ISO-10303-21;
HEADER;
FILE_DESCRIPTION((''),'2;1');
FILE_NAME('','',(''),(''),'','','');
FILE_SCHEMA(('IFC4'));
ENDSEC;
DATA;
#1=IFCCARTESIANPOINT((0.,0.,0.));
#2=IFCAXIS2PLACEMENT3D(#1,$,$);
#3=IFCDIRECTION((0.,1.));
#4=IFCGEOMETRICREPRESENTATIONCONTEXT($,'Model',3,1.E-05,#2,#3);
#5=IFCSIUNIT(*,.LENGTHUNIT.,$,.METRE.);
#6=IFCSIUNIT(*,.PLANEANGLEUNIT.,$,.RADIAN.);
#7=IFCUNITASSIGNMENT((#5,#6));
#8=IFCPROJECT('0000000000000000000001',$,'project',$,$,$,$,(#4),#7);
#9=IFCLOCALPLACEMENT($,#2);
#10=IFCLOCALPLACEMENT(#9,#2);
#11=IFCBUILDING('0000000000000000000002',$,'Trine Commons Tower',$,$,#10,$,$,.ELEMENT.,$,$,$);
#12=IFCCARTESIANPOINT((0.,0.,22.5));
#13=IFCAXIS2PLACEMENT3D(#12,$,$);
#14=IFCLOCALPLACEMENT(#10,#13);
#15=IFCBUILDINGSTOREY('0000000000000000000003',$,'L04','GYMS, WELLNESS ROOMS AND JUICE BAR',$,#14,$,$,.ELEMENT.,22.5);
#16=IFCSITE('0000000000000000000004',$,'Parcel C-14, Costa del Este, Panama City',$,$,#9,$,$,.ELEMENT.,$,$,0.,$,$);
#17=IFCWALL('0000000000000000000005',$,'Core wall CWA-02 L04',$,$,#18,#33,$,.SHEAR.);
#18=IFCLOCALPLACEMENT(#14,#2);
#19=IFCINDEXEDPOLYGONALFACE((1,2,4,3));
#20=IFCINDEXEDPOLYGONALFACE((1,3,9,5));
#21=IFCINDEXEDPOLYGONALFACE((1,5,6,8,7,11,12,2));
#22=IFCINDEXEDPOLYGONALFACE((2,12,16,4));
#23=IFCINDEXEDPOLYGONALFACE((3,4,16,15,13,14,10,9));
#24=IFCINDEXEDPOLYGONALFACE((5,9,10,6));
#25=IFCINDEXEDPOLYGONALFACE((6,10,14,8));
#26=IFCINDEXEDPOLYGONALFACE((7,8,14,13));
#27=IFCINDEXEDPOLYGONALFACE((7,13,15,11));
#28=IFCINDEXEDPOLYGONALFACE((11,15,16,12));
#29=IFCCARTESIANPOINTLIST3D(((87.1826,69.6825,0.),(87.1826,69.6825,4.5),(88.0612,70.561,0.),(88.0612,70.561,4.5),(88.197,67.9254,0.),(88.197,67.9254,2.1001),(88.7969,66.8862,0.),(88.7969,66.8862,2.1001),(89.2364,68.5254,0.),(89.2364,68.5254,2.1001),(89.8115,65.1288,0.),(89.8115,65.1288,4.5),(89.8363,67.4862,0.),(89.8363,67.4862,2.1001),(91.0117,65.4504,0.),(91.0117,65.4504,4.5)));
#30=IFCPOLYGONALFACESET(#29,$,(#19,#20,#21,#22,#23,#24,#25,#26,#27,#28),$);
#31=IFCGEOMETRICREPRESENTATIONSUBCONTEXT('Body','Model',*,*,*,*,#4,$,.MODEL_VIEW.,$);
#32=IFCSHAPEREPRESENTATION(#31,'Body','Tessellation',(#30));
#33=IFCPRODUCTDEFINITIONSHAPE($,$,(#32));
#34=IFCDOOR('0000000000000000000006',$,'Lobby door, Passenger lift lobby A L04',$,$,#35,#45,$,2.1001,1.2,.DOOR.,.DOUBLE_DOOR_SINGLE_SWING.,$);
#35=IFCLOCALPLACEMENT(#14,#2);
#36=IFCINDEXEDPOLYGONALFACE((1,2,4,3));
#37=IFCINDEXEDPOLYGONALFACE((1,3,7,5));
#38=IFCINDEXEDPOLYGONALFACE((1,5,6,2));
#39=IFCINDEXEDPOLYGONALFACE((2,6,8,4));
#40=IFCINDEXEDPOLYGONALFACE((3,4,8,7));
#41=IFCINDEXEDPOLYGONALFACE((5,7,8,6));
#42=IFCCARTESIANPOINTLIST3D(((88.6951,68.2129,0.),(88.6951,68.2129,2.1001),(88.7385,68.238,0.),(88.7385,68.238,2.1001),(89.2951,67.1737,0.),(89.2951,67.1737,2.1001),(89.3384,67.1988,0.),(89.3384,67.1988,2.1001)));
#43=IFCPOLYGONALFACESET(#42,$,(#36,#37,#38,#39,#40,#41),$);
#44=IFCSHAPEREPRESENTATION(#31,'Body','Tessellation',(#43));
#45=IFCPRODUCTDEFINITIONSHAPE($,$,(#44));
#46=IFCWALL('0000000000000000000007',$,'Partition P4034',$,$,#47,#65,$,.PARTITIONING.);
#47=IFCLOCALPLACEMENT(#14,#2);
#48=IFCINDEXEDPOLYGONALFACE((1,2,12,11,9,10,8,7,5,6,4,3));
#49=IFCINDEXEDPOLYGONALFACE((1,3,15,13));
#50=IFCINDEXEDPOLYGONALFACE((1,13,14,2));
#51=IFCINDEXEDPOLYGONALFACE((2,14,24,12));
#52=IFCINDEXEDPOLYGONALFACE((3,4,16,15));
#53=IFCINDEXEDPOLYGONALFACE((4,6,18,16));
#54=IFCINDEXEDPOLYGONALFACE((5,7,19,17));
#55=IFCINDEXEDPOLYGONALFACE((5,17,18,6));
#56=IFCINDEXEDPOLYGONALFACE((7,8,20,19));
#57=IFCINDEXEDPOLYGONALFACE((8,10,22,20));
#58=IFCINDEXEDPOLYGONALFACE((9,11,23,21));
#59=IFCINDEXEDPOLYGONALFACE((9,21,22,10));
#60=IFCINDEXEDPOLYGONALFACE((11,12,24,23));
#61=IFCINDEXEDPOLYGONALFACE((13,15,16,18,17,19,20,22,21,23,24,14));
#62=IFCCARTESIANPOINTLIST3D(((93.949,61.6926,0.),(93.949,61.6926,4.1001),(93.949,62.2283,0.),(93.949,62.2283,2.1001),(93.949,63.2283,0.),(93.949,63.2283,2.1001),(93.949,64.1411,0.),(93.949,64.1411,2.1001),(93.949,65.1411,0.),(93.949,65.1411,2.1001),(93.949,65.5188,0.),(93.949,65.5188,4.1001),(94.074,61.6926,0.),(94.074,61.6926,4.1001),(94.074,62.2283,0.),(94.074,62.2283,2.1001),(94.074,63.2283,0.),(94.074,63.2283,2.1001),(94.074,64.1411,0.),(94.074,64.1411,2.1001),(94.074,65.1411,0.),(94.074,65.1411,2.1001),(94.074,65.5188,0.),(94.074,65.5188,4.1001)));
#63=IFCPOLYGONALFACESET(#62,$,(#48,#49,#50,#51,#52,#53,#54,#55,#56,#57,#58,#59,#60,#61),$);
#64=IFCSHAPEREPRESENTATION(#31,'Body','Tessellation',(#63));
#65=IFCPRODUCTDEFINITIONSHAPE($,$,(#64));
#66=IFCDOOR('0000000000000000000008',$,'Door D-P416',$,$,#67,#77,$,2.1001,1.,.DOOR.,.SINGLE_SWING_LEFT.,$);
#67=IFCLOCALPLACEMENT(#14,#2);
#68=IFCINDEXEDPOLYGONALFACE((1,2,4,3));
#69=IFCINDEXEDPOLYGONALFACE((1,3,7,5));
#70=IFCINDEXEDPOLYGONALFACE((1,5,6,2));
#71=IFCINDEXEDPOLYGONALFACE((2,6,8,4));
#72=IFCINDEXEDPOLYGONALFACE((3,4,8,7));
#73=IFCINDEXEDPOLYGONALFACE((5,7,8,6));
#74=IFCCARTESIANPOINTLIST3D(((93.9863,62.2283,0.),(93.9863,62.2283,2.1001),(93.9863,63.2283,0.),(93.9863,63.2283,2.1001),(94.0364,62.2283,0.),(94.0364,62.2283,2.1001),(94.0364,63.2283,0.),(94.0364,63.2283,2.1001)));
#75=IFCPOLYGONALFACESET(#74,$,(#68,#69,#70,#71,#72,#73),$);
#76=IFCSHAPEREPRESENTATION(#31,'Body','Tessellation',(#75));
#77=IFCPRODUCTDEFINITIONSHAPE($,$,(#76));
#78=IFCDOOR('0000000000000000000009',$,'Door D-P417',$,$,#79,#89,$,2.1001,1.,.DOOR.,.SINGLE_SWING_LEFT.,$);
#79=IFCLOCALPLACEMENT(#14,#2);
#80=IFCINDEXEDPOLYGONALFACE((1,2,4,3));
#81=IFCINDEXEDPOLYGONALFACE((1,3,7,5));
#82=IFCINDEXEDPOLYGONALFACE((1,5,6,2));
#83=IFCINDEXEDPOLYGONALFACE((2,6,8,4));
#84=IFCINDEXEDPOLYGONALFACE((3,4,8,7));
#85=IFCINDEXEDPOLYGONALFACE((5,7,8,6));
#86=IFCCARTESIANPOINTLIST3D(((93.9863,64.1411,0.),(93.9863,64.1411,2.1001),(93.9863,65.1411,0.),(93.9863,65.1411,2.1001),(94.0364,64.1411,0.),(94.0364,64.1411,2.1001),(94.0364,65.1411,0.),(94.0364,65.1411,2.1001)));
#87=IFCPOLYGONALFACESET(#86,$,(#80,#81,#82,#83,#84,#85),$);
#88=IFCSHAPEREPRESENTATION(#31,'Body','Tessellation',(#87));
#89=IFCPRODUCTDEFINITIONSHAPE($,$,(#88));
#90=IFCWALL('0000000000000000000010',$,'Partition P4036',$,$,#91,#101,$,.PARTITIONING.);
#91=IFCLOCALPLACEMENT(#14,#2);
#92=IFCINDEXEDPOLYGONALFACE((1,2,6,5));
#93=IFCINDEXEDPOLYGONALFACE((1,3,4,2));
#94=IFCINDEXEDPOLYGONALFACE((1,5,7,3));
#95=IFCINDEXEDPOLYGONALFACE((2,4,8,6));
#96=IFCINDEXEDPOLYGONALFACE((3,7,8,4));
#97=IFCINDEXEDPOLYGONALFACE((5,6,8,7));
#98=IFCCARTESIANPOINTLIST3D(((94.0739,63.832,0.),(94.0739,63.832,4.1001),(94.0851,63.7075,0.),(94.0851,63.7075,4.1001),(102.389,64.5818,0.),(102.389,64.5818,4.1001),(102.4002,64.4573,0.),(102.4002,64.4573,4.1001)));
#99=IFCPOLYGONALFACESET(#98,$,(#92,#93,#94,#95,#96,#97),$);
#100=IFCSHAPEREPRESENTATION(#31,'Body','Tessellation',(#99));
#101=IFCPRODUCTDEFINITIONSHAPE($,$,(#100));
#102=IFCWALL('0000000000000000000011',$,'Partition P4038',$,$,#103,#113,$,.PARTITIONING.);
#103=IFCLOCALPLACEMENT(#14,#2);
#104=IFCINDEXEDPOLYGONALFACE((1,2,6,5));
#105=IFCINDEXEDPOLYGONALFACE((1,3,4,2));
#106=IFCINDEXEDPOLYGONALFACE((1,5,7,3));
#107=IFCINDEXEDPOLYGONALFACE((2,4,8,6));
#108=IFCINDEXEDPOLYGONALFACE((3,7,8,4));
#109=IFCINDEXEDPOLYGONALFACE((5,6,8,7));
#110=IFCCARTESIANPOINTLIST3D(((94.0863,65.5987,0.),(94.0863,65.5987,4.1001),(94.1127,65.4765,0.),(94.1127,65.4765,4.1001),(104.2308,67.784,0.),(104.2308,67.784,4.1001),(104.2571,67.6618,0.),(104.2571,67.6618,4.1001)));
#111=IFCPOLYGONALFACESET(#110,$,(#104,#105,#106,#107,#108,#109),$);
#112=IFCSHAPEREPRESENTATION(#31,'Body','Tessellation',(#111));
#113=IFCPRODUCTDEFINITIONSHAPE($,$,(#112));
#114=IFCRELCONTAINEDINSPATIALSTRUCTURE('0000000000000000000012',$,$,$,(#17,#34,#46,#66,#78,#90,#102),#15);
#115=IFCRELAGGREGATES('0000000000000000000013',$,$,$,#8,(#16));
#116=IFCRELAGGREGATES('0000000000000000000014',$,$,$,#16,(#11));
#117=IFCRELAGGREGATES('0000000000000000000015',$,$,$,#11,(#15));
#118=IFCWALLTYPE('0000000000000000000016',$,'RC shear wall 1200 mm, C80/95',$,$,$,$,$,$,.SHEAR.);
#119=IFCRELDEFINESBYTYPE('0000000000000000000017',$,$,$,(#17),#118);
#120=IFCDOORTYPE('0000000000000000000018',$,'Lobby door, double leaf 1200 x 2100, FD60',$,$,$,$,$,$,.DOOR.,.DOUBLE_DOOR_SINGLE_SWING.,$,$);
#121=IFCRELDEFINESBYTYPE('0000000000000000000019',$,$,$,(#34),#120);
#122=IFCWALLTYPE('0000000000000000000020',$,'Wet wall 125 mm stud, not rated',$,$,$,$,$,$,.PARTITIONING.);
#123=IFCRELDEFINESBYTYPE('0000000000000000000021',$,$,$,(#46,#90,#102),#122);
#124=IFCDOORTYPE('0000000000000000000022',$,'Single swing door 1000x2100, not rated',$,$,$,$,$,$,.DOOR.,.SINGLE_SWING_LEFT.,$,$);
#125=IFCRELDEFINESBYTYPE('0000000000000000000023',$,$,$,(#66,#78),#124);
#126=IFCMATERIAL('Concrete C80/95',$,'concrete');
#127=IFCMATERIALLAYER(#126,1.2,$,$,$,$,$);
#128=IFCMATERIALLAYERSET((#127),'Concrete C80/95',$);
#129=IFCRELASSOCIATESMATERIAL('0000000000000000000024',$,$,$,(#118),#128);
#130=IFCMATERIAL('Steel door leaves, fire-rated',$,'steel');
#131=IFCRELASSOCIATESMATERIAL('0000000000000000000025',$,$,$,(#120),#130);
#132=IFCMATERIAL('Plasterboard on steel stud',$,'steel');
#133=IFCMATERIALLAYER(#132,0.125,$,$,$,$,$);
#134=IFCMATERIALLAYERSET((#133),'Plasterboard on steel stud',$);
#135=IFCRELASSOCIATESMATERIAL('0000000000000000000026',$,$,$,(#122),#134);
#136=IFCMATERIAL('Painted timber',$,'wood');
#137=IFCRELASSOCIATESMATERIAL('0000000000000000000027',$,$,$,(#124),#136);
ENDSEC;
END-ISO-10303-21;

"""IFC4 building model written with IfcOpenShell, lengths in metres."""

from ifc_helpers import new_model, si_unit, direction, frame, frame_2d, origin, place, context, subcontext, project, spatial, polyline, rectangle, outline, extrude, material, layer, layer_set, type_object, element, fill, save


model = new_model("IFC4")

# Units and contexts
model_context = context("Model", 3, precision=1e-05, world=origin(), true_north=direction((0.0, 1.0)))
body_context = subcontext(model_context, "Body", "Model", "MODEL_VIEW")
ifc_project = project(units=[si_unit("LENGTHUNIT", "METRE"), si_unit("PLANEANGLEUNIT", "RADIAN")], contexts=[model_context])

# Site, building, storey
site_placement = place(None, origin())
site = spatial("IfcSite", under=ifc_project, at=site_placement, Name="Parcel C-14, Costa del Este, Panama City", CompositionType="ELEMENT", RefElevation=0.0)
building_placement = place(site_placement, origin())
building = spatial("IfcBuilding", under=site, at=building_placement, Name="Trine Commons Tower", CompositionType="ELEMENT")
storey_placement = place(building_placement, frame((0.0, 0.0, 22.5)))
storey = spatial("IfcBuildingStorey", under=building, at=storey_placement, Name="L04", Description="GYMS, WELLNESS ROOMS AND JUICE BAR", CompositionType="ELEMENT", Elevation=22.5)

# Shared definitions
ifc_material_1 = material(Name="Concrete C80/95", Category="concrete")

# Shared definitions
ifc_material_2 = material(Name="Plasterboard on steel stud", Category="steel")

# Wall, opening, door
ifc_layer_1 = layer(ifc_material_1, 1.2)
ifc_layer_set_1 = layer_set([ifc_layer_1], Name="Concrete C80/95")
wall_type_1 = type_object("IfcWallType", Name="RC shear wall 1200 mm, C80/95", PredefinedType="SHEAR", material=ifc_layer_set_1)
wall_1_placement = place(storey_placement, frame((90.4919, 65.1504, 0.0), z_axis=(0.0, 0.0, 1.0), x_axis=(-0.499979, 0.866037, 0.0)))
wall_1 = element("IfcWall", 1, at=wall_1_placement, inside=storey, type_object=wall_type_1, Name="Core wall CWA-02 L04", PredefinedType="SHEAR", context=body_context, shape_type="SweptSolid", body=[
    extrude(outline(polyline([(0.0, -0.6001), (5.9011, -0.6001), (5.5796, 0.6001), (0.3215, 0.6001), (0.0, -0.6001)])), origin(), (0.0, 0.0, 1.0), 4.5),
])
opening_1_placement = place(wall_1_placement, frame((2.3506, 0.0, 0.0)))
opening_1 = element("IfcOpeningElement", 2, at=opening_1_placement, cuts=wall_1, PredefinedType="OPENING", context=body_context, shape_type="SweptSolid", body=[
    extrude(rectangle(XDim=1.2, YDim=2.1001, at=frame_2d((0.6001, 1.05))), frame((0.0, 0.6099, 0.0), z_axis=(0.0, -1.0, 0.0), x_axis=(1.0, 0.0, 0.0)), (0.0, 0.0, 1.0), 1.22),
])
ifc_material_3 = material(Name="Steel door leaves, fire-rated", Category="steel")
door_type_1 = type_object("IfcDoorType", Name="Lobby door, double leaf 1200 x 2100, FD60", OperationType="DOUBLE_DOOR_SINGLE_SWING", PredefinedType="DOOR", material=ifc_material_3)
door_1_placement = place(opening_1_placement, origin())
door_1 = element("IfcDoor", 3, at=door_1_placement, inside=storey, type_object=door_type_1, Name="Lobby door, Passenger lift lobby A L04", OperationType="DOUBLE_DOOR_SINGLE_SWING", OverallHeight=2.1001, OverallWidth=1.2, PredefinedType="DOOR", context=body_context, shape_type="SweptSolid", body=[
    extrude(rectangle(XDim=1.2, YDim=2.1001, at=frame_2d((0.6001, 1.05))), frame((0.0, 0.0249, 0.0), z_axis=(0.0, -1.0, 0.0), x_axis=(1.0, 0.0, 0.0)), (0.0, 0.0, 1.0), 0.05),
])
fill(opening_1, door_1)

# Wall, openings, doors
ifc_layer_2 = layer(ifc_material_2, 0.125)
ifc_layer_set_2 = layer_set([ifc_layer_2], Name="Plasterboard on steel stud")
wall_type_2 = type_object("IfcWallType", Name="Wet wall 125 mm stud, not rated", PredefinedType="PARTITIONING", material=ifc_layer_set_2)
wall_2_placement = place(storey_placement, frame((94.0115, 65.5188, 0.0), z_axis=(0.0, 0.0, 1.0), x_axis=(0.0, -1.0, 0.0)))
wall_2 = element("IfcWall", 4, at=wall_2_placement, inside=storey, type_object=wall_type_2, Name="Partition P4034", PredefinedType="PARTITIONING", context=body_context, shape_type="SweptSolid", body=[
    extrude(rectangle(XDim=3.8262, YDim=0.125, at=frame_2d((1.9131, 0.0))), origin(), (0.0, 0.0, 1.0), 4.1001),
])
opening_2_placement = place(wall_2_placement, frame((2.2905, 0.0, 0.0)))
opening_2 = element("IfcOpeningElement", 5, at=opening_2_placement, cuts=wall_2, PredefinedType="OPENING", context=body_context, shape_type="SweptSolid", body=[
    extrude(rectangle(XDim=1.0, YDim=2.1001, at=frame_2d((0.5, 1.05))), frame((0.0, 0.0725, 0.0), z_axis=(0.0, -1.0, 0.0), x_axis=(1.0, 0.0, 0.0)), (0.0, 0.0, 1.0), 0.145),
])
opening_3_placement = place(wall_2_placement, frame((0.3777, 0.0, 0.0)))
opening_3 = element("IfcOpeningElement", 6, at=opening_3_placement, cuts=wall_2, PredefinedType="OPENING", context=body_context, shape_type="SweptSolid", body=[
    extrude(rectangle(XDim=1.0, YDim=2.1001, at=frame_2d((0.5, 1.05))), frame((0.0, 0.0725, 0.0), z_axis=(0.0, -1.0, 0.0), x_axis=(1.0, 0.0, 0.0)), (0.0, 0.0, 1.0), 0.145),
])
ifc_material_4 = material(Name="Painted timber", Category="wood")
door_type_2 = type_object("IfcDoorType", Name="Single swing door 1000x2100, not rated", OperationType="SINGLE_SWING_LEFT", PredefinedType="DOOR", material=ifc_material_4)
door_2_placement = place(opening_2_placement, origin())
door_2 = element("IfcDoor", 7, at=door_2_placement, inside=storey, type_object=door_type_2, Name="Door D-P416", OperationType="SINGLE_SWING_LEFT", OverallHeight=2.1001, OverallWidth=1.0, PredefinedType="DOOR", context=body_context, shape_type="SweptSolid", body=[
    extrude(rectangle(XDim=1.0, YDim=2.1001, at=frame_2d((0.5, 1.05))), frame((0.0, 0.0249, 0.0), z_axis=(0.0, -1.0, 0.0), x_axis=(1.0, 0.0, 0.0)), (0.0, 0.0, 1.0), 0.05),
])
fill(opening_2, door_2)
door_3_placement = place(opening_3_placement, origin())
door_3 = element("IfcDoor", 8, at=door_3_placement, inside=storey, type_object=door_type_2, Name="Door D-P417", OperationType="SINGLE_SWING_LEFT", OverallHeight=2.1001, OverallWidth=1.0, PredefinedType="DOOR", context=body_context, shape_type="SweptSolid", body=[
    extrude(rectangle(XDim=1.0, YDim=2.1001, at=frame_2d((0.5, 1.05))), frame((0.0, 0.0249, 0.0), z_axis=(0.0, -1.0, 0.0), x_axis=(1.0, 0.0, 0.0)), (0.0, 0.0, 1.0), 0.05),
])
fill(opening_3, door_3)

# Walls
wall_3_placement = place(storey_placement, frame((94.0796, 63.7698, 0.0), z_axis=(0.0, 0.0, 1.0), x_axis=(0.99596, 0.089803, 0.0)))
element("IfcWall", 9, at=wall_3_placement, inside=storey, type_object=wall_type_2, Name="Partition P4036", PredefinedType="PARTITIONING", context=body_context, shape_type="SweptSolid", body=[
    extrude(rectangle(XDim=8.3489, YDim=0.125, at=frame_2d((4.1743, 0.0))), origin(), (0.0, 0.0, 1.0), 4.1001),
])
wall_4_placement = place(storey_placement, frame((94.0996, 65.5376, 0.0), z_axis=(0.0, 0.0, 1.0), x_axis=(0.977575, 0.210586, 0.0)))
element("IfcWall", 10, at=wall_4_placement, inside=storey, type_object=wall_type_2, Name="Partition P4038", PredefinedType="PARTITIONING", context=body_context, shape_type="SweptSolid", body=[
    extrude(rectangle(XDim=10.3772, YDim=0.125, at=frame_2d((5.1885, 0.0))), origin(), (0.0, 0.0, 1.0), 4.1001),
])

save(model, "model.ifc")
